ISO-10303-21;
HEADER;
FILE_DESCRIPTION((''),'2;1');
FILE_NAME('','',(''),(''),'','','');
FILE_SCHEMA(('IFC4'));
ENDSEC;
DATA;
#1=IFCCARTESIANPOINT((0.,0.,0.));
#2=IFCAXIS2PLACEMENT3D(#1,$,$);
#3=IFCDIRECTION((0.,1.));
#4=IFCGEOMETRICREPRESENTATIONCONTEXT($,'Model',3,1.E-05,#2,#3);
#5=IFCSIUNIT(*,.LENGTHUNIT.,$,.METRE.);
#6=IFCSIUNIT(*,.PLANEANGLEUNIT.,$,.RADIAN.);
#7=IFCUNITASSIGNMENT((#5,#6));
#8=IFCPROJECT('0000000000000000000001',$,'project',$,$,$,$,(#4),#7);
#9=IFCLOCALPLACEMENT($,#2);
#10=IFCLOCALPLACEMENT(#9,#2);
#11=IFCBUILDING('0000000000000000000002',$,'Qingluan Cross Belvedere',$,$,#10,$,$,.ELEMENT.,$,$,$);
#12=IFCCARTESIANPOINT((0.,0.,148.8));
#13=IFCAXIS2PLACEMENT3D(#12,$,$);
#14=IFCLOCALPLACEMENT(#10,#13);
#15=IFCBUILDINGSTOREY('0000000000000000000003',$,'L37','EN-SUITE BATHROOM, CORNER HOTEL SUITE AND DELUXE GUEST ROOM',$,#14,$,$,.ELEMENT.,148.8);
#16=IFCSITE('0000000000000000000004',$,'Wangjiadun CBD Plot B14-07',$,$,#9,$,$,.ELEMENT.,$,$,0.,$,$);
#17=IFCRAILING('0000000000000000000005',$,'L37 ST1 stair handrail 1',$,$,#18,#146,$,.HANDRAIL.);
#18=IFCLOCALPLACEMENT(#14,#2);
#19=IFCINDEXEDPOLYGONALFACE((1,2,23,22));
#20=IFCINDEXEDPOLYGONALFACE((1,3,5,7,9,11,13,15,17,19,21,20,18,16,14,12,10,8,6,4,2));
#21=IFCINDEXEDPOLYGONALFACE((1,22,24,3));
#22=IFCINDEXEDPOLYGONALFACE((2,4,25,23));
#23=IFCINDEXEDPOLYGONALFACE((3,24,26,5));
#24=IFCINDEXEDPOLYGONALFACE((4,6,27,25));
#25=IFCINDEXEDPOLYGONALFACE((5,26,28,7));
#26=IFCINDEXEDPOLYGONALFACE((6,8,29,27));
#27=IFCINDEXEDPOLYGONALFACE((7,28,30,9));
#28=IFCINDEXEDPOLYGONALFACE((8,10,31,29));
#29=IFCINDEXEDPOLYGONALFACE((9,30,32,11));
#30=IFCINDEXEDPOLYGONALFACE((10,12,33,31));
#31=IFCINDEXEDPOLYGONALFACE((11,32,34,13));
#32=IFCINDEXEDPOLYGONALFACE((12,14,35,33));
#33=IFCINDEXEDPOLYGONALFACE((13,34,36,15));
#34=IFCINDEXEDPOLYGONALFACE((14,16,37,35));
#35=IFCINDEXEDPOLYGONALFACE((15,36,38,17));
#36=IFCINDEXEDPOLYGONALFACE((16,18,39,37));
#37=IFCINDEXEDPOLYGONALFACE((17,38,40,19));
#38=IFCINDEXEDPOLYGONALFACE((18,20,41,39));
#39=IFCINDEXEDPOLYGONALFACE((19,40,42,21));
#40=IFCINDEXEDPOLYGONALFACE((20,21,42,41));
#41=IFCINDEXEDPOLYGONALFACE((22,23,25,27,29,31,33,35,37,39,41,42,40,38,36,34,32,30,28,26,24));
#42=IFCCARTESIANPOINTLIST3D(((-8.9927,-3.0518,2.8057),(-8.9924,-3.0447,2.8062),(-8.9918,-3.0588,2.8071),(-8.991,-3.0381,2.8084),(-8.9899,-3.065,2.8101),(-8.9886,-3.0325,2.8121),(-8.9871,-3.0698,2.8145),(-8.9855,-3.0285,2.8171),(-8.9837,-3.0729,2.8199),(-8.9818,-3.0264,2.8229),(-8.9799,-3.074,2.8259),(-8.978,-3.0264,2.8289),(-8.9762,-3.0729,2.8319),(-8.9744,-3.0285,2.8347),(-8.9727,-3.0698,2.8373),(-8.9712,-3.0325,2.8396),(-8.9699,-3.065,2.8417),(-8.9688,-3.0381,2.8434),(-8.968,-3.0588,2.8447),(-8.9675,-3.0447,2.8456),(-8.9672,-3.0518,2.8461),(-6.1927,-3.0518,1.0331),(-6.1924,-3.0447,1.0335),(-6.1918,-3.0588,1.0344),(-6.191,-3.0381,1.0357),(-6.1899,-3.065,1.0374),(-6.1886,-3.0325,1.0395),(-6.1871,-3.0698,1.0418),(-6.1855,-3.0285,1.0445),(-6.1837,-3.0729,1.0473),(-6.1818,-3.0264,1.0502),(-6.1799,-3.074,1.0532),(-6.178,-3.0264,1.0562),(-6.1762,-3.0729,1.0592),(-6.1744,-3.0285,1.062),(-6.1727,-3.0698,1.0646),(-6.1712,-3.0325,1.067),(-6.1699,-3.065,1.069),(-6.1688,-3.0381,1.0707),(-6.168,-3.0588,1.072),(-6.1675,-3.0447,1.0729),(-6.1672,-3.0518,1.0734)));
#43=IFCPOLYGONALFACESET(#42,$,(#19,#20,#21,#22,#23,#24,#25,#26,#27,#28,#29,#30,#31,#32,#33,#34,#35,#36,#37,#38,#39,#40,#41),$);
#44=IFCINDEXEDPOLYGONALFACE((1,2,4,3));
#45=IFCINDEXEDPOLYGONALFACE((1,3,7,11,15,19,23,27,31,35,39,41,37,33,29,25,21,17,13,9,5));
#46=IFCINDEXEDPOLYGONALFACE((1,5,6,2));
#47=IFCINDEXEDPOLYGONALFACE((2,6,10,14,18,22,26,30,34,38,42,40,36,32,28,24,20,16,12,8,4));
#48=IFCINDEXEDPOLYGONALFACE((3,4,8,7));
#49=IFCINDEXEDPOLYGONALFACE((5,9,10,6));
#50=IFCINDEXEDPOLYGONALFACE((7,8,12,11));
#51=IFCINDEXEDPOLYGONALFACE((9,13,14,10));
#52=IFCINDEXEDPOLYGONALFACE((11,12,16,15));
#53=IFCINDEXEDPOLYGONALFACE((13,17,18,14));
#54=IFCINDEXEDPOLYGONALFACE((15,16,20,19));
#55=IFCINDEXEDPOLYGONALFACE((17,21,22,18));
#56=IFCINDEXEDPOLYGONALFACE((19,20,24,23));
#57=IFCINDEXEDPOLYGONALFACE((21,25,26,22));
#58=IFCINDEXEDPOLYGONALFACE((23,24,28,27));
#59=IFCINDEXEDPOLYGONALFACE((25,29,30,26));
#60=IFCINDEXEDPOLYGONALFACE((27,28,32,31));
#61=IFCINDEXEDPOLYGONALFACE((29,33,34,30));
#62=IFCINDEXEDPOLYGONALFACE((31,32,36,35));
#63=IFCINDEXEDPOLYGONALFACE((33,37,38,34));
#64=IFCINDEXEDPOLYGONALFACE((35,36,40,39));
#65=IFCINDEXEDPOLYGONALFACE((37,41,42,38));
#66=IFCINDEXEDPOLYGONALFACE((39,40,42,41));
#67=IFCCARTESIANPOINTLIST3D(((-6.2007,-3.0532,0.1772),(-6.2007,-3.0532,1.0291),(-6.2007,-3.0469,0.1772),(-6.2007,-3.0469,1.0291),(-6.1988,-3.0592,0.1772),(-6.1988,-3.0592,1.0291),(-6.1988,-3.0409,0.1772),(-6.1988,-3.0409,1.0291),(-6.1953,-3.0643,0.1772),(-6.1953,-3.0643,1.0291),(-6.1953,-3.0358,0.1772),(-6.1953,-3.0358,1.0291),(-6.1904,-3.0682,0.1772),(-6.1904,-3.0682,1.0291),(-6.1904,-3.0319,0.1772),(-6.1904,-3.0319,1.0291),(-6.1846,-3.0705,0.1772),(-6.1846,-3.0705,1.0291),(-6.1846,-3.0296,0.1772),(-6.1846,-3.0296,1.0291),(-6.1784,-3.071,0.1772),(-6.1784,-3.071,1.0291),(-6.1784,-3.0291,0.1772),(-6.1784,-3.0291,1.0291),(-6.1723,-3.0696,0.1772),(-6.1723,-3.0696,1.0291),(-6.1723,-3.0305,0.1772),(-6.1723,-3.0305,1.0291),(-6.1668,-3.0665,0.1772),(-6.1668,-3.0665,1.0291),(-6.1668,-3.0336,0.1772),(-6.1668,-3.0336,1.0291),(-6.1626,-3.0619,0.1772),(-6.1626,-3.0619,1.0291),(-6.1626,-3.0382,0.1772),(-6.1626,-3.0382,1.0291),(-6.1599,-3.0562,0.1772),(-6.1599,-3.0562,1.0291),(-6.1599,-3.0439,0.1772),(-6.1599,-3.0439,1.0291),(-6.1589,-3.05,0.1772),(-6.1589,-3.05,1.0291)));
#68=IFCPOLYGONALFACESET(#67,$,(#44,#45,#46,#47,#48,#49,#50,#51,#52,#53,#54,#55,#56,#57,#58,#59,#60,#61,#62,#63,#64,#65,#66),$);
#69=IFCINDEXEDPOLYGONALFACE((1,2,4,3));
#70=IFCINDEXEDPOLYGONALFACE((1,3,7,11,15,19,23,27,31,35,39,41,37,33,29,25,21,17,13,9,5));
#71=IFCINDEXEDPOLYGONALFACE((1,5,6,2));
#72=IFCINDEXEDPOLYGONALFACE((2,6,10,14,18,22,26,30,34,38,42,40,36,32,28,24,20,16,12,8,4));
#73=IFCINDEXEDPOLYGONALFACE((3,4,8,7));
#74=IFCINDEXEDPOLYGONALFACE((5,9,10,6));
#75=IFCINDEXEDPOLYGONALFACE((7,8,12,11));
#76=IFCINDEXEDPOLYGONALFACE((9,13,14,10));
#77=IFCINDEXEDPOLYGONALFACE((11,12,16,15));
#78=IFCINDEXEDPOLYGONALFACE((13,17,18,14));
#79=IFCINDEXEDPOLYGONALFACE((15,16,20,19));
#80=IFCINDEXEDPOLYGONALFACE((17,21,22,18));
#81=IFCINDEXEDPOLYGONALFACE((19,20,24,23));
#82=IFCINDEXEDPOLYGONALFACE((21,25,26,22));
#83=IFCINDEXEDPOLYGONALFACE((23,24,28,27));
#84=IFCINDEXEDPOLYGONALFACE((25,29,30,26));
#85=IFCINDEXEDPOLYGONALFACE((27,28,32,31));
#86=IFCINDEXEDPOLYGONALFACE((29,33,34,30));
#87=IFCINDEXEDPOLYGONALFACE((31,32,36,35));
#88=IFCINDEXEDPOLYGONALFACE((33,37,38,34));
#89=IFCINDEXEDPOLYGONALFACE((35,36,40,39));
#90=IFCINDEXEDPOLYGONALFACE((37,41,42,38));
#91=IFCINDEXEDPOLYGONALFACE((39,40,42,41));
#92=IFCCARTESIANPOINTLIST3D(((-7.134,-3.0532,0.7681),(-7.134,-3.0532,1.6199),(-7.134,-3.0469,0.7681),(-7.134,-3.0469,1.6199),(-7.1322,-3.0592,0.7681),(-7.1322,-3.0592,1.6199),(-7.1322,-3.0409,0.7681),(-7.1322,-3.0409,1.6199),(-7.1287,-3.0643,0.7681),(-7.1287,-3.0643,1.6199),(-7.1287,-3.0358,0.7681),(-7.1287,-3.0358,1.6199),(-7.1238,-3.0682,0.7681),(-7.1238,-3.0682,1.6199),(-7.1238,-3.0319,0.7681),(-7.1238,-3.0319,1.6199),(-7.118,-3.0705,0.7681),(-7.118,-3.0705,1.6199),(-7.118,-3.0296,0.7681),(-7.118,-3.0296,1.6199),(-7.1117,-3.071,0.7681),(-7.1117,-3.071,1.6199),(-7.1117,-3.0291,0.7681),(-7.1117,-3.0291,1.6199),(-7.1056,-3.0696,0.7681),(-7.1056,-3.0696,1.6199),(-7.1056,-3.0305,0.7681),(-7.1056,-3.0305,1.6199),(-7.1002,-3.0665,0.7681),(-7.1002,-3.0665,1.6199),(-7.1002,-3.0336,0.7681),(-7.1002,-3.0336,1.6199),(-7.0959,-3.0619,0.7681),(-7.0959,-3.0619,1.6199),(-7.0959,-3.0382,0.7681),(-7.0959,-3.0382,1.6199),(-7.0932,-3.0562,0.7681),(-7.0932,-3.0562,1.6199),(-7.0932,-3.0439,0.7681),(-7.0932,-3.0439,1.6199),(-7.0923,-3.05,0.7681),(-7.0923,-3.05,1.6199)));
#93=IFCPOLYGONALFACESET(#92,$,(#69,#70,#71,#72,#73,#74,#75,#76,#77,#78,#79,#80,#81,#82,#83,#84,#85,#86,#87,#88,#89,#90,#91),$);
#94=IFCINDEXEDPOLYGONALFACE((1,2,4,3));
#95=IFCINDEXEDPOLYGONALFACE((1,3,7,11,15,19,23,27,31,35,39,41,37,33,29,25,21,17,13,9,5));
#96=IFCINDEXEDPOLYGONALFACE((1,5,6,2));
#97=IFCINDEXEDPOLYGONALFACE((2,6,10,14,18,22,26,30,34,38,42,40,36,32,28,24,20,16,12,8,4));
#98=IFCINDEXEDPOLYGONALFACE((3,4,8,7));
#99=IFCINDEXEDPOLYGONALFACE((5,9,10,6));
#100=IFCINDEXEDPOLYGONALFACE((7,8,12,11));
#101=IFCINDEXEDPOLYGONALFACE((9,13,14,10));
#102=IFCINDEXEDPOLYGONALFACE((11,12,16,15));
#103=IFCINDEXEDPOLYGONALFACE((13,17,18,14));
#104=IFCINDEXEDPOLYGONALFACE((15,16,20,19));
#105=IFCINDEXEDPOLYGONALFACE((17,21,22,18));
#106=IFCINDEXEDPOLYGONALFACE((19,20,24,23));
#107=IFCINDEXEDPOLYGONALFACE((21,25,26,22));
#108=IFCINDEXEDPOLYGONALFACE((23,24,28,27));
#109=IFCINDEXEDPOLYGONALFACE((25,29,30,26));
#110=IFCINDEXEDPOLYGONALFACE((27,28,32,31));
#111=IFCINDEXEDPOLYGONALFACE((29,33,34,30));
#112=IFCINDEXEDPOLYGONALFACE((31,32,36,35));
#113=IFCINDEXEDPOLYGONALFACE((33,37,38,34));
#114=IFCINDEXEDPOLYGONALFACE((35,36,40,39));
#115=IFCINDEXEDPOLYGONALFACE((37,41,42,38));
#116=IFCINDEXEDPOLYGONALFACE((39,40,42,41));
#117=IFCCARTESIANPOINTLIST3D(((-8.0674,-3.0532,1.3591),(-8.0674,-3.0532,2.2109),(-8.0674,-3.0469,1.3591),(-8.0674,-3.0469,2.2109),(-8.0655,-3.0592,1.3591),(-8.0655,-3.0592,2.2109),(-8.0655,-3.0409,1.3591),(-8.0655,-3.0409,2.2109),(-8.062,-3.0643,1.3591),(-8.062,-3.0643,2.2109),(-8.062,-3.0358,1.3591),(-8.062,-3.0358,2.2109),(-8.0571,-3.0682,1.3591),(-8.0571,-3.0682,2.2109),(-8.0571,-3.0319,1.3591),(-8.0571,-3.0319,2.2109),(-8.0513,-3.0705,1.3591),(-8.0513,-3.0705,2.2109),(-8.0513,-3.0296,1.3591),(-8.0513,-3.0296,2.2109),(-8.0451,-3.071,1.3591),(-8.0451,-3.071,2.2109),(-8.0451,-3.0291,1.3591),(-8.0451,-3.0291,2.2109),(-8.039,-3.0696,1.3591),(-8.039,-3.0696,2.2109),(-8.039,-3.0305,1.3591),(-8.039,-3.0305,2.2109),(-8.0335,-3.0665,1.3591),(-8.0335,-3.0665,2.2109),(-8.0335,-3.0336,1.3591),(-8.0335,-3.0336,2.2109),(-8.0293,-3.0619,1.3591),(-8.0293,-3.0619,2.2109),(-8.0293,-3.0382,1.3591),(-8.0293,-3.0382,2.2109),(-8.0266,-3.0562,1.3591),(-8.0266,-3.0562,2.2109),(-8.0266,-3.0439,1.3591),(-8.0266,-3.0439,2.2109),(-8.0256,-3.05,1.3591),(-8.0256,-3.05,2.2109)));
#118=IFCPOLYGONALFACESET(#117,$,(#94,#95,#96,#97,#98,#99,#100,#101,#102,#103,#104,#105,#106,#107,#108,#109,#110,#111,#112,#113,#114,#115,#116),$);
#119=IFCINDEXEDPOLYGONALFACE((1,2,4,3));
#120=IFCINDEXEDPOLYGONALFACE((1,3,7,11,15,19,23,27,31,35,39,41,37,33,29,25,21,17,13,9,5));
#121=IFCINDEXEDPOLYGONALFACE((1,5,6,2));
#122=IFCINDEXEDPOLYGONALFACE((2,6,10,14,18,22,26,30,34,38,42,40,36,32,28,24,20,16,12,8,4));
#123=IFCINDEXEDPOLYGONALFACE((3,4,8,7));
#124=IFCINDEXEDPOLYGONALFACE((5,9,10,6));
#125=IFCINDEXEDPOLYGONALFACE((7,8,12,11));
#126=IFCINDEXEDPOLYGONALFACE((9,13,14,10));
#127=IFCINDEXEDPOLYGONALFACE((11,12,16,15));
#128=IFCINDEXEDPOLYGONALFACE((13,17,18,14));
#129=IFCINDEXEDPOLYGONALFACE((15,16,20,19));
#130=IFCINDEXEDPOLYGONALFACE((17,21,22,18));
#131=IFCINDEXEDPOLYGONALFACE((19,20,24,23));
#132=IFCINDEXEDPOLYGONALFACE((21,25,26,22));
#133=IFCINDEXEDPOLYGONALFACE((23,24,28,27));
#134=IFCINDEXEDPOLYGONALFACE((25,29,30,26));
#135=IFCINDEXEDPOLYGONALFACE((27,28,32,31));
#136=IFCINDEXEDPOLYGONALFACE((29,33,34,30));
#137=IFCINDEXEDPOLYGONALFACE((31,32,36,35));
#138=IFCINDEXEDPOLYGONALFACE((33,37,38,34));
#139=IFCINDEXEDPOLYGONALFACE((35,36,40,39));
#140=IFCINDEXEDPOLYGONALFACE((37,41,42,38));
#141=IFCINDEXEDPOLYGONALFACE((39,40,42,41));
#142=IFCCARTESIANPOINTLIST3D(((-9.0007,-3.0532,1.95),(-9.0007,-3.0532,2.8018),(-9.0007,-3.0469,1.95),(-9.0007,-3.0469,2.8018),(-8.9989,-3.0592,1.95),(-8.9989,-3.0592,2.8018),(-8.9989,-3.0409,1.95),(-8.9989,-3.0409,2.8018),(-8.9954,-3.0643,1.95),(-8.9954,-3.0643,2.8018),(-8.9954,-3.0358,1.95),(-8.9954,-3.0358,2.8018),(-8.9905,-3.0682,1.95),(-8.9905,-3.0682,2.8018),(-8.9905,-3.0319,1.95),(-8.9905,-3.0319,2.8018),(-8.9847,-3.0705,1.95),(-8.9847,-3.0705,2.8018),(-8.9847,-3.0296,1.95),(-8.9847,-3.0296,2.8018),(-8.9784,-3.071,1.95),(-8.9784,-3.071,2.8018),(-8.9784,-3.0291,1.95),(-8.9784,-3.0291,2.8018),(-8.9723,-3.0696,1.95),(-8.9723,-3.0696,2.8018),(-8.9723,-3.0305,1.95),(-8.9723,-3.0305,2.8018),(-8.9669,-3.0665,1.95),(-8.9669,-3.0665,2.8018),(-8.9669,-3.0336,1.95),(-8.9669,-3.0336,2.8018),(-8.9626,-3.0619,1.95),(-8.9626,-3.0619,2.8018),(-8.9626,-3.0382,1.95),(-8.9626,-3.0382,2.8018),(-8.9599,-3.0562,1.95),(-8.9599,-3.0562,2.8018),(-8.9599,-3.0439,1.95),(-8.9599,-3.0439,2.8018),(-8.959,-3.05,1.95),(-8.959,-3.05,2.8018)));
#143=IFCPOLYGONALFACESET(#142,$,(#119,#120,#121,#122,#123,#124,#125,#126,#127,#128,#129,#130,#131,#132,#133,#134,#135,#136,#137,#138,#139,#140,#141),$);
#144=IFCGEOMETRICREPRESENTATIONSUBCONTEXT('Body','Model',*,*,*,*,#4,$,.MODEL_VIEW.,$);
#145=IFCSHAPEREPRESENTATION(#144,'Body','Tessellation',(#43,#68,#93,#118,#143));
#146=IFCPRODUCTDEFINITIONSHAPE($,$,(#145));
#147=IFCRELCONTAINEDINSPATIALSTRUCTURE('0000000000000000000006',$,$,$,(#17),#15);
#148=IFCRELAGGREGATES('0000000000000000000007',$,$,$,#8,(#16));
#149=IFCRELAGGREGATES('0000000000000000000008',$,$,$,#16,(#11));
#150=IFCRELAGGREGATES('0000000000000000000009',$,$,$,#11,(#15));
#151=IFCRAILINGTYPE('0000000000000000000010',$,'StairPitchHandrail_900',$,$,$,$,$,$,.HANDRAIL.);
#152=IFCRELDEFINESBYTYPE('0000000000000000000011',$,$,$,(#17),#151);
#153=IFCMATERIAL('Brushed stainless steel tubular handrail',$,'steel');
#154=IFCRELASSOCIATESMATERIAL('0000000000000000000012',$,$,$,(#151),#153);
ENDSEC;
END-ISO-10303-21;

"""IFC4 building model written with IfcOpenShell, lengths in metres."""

from ifc_helpers import new_model, si_unit, direction, frame, origin, origin_2d, place, context, subcontext, project, spatial, circle, extrude, material, type_object, element, save


model = new_model("IFC4")

# Units and contexts
model_context = context("Model", 3, precision=1e-05, world=origin(), true_north=direction((0.0, 1.0)))
body_context = subcontext(model_context, "Body", "Model", "MODEL_VIEW")
ifc_project = project(units=[si_unit("LENGTHUNIT", "METRE"), si_unit("PLANEANGLEUNIT", "RADIAN")], contexts=[model_context])

# Site, building, storey
site_placement = place(None, origin())
site = spatial("IfcSite", under=ifc_project, at=site_placement, Name="Wangjiadun CBD Plot B14-07", CompositionType="ELEMENT", RefElevation=0.0)
building_placement = place(site_placement, origin())
building = spatial("IfcBuilding", under=site, at=building_placement, Name="Qingluan Cross Belvedere", CompositionType="ELEMENT")
storey_placement = place(building_placement, frame((0.0, 0.0, 148.8)))
storey = spatial("IfcBuildingStorey", under=building, at=storey_placement, Name="L37", Description="EN-SUITE BATHROOM, CORNER HOTEL SUITE AND DELUXE GUEST ROOM", CompositionType="ELEMENT", Elevation=148.8)

# Railing
ifc_material_1 = material(Name="Brushed stainless steel tubular handrail", Category="steel")
railing_type_1 = type_object("IfcRailingType", Name="StairPitchHandrail_900", PredefinedType="HANDRAIL", material=ifc_material_1)
railing_1_placement = place(storey_placement, frame((-6.1799, -3.05, 0.1772)))
element("IfcRailing", 1, at=railing_1_placement, inside=storey, type_object=railing_type_1, Name="L37 ST1 stair handrail 1", PredefinedType="HANDRAIL", context=body_context, shape_type="SweptSolid", body=[
    extrude(circle(Radius=0.0239, at=origin_2d()), frame((0.0, 0.0, 0.876), z_axis=(-0.844909, 0.0, 0.53491), x_axis=(0.0, -1.0, 0.0)), (0.0, 0.0, 1.0), 3.314),
    extrude(circle(Radius=0.021, at=origin_2d()), origin(), (0.0, 0.0, 1.0), 0.8518),
    extrude(circle(Radius=0.021, at=origin_2d()), frame((-0.9333, 0.0, 0.5908)), (0.0, 0.0, 1.0), 0.8518),
    extrude(circle(Radius=0.021, at=origin_2d()), frame((-1.8667, 0.0, 1.1819)), (0.0, 0.0, 1.0), 0.8518),
    extrude(circle(Radius=0.021, at=origin_2d()), frame((-2.8, 0.0, 1.7727)), (0.0, 0.0, 1.0), 0.8518),
])

save(model, "model.ifc")
